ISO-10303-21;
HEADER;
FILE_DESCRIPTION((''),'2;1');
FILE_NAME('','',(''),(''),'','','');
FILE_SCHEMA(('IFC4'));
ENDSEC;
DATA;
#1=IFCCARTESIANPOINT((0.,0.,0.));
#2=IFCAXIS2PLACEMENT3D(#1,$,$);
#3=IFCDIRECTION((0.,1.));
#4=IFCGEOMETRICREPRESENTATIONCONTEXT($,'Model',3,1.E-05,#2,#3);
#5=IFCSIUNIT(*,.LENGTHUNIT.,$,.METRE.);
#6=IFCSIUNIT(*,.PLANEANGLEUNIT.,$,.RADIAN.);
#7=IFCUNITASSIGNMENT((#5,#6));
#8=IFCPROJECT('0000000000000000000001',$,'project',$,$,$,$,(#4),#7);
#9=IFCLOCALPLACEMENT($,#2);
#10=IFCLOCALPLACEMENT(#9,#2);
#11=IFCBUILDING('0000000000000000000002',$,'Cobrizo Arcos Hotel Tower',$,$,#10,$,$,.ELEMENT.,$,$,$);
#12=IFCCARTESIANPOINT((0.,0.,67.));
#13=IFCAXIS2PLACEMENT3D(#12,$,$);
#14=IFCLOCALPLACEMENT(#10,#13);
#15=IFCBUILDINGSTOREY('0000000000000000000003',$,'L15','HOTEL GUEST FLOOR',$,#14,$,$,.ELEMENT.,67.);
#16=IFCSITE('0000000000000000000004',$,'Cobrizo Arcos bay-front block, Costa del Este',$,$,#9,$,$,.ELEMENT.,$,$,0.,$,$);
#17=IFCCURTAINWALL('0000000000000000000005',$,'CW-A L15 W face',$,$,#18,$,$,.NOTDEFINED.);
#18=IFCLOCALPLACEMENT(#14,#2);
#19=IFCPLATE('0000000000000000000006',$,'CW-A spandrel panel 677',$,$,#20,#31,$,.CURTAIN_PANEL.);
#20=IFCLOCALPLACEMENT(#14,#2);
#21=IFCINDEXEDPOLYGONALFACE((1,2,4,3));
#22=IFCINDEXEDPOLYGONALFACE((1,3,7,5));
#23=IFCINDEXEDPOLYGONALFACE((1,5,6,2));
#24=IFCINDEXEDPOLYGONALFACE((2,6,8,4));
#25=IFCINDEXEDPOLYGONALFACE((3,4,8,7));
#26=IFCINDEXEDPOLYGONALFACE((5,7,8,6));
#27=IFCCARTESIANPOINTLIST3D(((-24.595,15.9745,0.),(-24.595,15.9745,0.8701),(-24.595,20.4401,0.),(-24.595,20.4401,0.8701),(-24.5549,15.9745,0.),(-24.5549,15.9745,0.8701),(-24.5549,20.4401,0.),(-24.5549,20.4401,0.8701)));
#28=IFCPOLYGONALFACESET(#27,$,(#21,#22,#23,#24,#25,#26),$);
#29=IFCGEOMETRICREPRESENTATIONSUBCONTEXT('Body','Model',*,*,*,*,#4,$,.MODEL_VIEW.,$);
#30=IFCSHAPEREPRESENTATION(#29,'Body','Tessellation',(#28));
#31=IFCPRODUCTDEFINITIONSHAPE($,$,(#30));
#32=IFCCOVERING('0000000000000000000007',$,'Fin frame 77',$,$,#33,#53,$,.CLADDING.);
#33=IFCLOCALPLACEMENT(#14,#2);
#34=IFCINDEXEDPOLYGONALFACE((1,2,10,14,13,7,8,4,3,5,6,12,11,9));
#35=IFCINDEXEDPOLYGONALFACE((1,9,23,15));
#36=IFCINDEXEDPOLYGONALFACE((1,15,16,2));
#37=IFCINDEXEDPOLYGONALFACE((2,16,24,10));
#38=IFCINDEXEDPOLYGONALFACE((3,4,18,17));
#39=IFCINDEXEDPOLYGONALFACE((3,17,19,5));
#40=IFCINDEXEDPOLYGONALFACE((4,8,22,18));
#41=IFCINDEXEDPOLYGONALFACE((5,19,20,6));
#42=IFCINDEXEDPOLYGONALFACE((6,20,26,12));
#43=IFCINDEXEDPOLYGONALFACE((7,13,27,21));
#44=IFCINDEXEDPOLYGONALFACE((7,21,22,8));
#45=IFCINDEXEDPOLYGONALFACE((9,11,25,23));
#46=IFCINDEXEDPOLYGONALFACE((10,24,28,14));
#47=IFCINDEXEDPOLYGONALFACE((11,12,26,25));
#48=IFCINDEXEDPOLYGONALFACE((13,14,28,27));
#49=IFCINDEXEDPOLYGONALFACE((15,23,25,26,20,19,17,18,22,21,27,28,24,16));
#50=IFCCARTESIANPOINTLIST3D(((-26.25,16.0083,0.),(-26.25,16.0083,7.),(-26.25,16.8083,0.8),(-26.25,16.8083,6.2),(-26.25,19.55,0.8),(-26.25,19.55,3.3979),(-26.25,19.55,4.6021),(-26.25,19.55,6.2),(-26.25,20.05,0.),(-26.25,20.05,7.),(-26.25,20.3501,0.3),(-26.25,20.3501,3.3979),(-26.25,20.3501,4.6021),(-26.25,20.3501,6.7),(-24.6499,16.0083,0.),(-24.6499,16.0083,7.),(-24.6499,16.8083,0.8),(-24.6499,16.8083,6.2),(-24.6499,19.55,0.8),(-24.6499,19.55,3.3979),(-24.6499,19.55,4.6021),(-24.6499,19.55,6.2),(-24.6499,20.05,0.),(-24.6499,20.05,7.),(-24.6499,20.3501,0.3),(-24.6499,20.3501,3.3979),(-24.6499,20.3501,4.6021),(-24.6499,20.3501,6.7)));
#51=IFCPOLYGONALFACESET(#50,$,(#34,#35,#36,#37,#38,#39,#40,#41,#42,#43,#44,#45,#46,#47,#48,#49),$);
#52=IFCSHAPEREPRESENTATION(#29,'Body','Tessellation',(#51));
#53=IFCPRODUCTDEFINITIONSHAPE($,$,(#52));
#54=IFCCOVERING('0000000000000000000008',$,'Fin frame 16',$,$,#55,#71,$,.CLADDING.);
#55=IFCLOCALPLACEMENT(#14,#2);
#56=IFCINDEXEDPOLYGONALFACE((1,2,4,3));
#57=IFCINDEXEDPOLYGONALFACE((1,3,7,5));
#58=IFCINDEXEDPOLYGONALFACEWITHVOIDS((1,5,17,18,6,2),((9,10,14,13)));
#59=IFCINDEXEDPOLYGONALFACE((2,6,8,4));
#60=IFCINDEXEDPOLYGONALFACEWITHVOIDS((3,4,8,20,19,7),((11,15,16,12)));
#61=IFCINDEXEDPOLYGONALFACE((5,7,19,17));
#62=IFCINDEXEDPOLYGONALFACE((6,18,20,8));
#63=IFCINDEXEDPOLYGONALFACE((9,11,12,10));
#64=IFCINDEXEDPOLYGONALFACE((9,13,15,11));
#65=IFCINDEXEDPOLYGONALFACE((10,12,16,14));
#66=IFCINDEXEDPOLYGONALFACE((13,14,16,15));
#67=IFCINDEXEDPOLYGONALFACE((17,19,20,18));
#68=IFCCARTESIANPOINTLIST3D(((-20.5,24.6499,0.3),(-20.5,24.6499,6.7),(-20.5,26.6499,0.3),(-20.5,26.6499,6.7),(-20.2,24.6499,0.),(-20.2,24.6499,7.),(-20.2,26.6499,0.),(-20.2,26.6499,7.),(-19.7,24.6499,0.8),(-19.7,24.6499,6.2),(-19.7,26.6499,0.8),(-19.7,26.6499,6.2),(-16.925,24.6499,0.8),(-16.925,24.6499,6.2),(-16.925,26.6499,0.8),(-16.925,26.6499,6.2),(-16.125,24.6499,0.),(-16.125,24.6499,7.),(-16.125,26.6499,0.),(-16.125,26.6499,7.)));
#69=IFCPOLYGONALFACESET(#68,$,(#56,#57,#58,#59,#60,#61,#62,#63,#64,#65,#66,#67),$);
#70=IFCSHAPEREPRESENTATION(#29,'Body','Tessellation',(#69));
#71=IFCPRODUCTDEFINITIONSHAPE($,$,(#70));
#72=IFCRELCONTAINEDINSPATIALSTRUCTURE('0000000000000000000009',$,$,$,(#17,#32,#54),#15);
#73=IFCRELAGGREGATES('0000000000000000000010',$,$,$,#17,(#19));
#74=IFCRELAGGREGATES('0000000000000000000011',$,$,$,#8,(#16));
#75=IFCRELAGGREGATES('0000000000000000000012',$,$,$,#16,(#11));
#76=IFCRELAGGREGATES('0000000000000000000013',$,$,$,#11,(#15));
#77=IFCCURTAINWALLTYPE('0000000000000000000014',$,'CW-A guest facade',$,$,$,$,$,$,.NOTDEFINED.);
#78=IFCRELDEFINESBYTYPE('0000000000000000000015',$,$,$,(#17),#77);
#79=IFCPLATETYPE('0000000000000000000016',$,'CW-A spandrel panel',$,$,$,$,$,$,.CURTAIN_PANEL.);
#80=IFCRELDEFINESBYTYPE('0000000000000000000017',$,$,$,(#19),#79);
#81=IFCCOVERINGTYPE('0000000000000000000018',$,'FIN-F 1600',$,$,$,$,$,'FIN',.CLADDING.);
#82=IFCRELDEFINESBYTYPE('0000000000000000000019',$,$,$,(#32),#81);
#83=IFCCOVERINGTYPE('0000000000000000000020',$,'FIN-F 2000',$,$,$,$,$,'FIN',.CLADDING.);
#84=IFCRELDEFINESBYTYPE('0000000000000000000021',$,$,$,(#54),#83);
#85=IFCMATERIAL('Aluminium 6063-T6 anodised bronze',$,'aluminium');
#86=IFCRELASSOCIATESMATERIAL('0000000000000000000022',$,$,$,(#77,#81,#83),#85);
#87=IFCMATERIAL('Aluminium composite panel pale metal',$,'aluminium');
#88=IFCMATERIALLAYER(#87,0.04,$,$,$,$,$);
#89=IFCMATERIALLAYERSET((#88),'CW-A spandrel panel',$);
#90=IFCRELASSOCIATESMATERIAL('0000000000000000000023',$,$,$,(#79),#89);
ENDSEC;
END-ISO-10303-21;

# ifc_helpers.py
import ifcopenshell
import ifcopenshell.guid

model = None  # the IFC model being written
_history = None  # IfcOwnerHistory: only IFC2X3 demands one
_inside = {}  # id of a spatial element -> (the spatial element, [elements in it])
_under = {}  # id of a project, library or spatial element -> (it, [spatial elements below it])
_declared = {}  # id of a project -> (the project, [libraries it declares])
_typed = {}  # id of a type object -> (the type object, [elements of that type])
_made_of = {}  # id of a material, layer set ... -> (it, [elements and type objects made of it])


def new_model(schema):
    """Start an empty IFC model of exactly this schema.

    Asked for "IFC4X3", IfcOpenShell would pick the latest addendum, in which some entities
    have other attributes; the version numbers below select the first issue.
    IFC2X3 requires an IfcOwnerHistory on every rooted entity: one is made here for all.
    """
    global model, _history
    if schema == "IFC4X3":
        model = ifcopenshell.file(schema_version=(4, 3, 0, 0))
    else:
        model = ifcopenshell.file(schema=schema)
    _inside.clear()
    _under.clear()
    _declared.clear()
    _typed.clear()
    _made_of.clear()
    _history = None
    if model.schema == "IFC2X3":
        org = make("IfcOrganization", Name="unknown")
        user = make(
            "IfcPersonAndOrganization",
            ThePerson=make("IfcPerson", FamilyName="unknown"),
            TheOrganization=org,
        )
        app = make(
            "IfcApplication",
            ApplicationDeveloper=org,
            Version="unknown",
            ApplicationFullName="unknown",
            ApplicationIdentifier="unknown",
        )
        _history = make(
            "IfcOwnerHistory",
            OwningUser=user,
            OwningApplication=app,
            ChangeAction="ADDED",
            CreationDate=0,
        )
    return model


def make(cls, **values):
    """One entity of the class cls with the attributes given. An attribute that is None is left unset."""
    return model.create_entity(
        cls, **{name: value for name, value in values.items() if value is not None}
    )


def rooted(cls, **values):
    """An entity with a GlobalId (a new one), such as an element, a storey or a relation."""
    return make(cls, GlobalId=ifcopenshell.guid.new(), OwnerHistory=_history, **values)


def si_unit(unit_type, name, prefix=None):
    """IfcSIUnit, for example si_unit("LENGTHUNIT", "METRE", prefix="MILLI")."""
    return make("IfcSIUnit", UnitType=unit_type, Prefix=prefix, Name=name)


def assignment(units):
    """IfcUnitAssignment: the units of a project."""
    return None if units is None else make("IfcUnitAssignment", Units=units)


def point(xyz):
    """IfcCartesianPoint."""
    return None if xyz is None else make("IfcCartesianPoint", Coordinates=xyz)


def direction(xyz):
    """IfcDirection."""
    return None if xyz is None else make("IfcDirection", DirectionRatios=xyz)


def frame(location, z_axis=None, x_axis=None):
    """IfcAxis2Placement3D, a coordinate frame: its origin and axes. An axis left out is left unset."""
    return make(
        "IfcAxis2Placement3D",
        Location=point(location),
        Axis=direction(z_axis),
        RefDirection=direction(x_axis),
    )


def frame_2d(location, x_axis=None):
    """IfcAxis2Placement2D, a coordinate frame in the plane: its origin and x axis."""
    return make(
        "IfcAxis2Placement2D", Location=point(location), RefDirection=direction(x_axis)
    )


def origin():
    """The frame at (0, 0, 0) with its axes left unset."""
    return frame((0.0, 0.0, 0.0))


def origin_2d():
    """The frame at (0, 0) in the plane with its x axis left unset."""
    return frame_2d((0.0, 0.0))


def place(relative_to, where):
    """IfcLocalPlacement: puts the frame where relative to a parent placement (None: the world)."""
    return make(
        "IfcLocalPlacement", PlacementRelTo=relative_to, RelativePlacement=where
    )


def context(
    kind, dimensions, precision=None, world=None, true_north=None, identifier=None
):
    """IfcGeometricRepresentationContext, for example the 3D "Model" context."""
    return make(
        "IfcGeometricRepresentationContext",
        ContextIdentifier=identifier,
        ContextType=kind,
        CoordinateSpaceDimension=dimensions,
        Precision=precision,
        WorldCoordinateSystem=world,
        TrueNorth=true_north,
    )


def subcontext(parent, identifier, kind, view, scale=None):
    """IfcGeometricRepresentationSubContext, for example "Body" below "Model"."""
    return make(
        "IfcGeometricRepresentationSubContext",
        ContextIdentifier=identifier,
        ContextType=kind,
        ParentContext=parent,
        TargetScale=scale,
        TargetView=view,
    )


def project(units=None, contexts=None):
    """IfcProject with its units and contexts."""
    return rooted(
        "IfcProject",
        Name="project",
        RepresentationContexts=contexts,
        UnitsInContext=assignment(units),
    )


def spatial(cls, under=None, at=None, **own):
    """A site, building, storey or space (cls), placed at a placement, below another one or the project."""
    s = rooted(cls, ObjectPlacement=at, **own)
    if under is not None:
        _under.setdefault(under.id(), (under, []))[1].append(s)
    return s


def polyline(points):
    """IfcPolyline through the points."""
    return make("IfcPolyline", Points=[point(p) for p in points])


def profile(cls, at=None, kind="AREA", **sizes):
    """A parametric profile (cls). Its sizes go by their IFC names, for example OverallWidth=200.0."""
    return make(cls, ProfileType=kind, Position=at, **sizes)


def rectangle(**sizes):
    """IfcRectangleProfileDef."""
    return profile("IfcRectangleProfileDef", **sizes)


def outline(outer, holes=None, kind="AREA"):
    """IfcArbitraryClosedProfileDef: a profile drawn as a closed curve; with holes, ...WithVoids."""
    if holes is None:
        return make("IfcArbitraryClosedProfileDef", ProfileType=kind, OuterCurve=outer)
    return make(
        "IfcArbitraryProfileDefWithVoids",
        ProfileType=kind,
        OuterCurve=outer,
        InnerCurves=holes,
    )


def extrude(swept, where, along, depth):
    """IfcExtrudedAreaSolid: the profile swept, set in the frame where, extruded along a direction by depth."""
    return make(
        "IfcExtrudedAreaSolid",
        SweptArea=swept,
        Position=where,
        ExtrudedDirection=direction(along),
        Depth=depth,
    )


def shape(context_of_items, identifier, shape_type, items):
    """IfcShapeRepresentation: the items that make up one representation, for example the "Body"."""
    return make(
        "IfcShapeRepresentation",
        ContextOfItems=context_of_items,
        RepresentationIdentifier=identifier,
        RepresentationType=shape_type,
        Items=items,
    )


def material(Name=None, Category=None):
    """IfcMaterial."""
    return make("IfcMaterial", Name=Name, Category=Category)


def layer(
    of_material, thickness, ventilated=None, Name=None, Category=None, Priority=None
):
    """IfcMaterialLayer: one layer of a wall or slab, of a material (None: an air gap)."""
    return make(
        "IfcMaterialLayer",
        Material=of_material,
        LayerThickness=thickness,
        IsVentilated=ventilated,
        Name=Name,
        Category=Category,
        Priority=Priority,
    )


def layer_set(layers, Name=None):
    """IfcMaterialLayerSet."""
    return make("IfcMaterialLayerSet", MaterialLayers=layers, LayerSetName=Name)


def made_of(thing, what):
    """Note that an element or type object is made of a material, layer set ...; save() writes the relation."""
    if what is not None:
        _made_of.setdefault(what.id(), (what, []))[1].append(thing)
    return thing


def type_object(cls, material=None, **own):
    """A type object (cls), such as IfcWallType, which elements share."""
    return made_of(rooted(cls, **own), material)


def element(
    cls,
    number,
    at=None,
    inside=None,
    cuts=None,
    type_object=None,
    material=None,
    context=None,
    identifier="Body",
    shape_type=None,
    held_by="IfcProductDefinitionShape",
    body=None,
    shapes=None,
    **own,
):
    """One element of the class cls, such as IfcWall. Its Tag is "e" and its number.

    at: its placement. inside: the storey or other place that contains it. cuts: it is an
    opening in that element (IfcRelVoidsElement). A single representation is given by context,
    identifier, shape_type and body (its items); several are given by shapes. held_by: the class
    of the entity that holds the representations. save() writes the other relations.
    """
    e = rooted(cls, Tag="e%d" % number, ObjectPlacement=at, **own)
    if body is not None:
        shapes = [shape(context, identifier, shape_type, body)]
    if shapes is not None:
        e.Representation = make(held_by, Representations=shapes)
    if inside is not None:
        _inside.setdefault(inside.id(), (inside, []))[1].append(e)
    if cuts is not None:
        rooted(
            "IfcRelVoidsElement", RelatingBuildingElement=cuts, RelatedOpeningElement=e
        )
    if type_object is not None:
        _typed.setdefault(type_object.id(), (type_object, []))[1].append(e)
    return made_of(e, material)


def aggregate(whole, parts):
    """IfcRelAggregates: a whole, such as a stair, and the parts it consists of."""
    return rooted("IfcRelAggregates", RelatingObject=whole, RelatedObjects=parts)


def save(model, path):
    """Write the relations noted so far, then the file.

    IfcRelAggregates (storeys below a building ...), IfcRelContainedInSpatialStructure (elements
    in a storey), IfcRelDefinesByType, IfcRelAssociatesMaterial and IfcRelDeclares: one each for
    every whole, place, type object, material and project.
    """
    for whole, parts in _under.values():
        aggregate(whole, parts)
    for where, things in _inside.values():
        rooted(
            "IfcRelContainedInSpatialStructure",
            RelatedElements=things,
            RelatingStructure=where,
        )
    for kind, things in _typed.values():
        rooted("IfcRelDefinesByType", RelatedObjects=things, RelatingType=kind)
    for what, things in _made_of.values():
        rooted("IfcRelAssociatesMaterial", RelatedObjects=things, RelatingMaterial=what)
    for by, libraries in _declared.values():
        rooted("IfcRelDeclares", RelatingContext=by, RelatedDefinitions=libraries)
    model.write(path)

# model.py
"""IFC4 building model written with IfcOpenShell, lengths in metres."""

from ifc_helpers import new_model, si_unit, direction, frame, origin, origin_2d, place, context, subcontext, project, spatial, polyline, rectangle, outline, extrude, material, layer, layer_set, type_object, element, aggregate, save


model = new_model("IFC4")

# Units and contexts
model_context = context("Model", 3, precision=1e-05, world=origin(), true_north=direction((0.0, 1.0)))
body_context = subcontext(model_context, "Body", "Model", "MODEL_VIEW")
ifc_project = project(units=[si_unit("LENGTHUNIT", "METRE"), si_unit("PLANEANGLEUNIT", "RADIAN")], contexts=[model_context])

# Site, building, storey
site_placement = place(None, origin())
site = spatial("IfcSite", under=ifc_project, at=site_placement, Name="Cobrizo Arcos bay-front block, Costa del Este", CompositionType="ELEMENT", RefElevation=0.0)
building_placement = place(site_placement, origin())
building = spatial("IfcBuilding", under=site, at=building_placement, Name="Cobrizo Arcos Hotel Tower", CompositionType="ELEMENT")
storey_placement = place(building_placement, frame((0.0, 0.0, 67.0)))
storey = spatial("IfcBuildingStorey", under=building, at=storey_placement, Name="L15", Description="HOTEL GUEST FLOOR", CompositionType="ELEMENT", Elevation=67.0)

# Shared definitions
ifc_material_1 = material(Name="Aluminium 6063-T6 anodised bronze", Category="aluminium")
curtain_wall_type = type_object("IfcCurtainWallType", Name="CW-A guest facade", PredefinedType="NOTDEFINED", material=ifc_material_1)

# Curtain wall
curtain_wall_1_placement = place(storey_placement, origin())
curtain_wall_1 = element("IfcCurtainWall", 1, at=curtain_wall_1_placement, inside=storey, type_object=curtain_wall_type, Name="CW-A L15 W face", PredefinedType="NOTDEFINED")

# Plate
ifc_material_2 = material(Name="Aluminium composite panel pale metal", Category="aluminium")
ifc_layer_1 = layer(ifc_material_2, 0.04)
ifc_layer_set_1 = layer_set([ifc_layer_1], Name="CW-A spandrel panel")
plate_type_1 = type_object("IfcPlateType", Name="CW-A spandrel panel", PredefinedType="CURTAIN_PANEL", material=ifc_layer_set_1)
plate_1_placement = place(storey_placement, frame((-24.575, 18.2073, 0.0), z_axis=(0.0, 0.0, 1.0), x_axis=(0.0, -1.0, 0.0)))
plate_1 = element("IfcPlate", 2, at=plate_1_placement, type_object=plate_type_1, Name="CW-A spandrel panel 677", PredefinedType="CURTAIN_PANEL", context=body_context, shape_type="SweptSolid", body=[
    extrude(rectangle(XDim=4.4656, YDim=0.04, at=origin_2d()), origin(), (0.0, 0.0, 1.0), 0.8701),
])
aggregate(curtain_wall_1, [plate_1])

# Coverings
covering_type_1 = type_object("IfcCoveringType", Name="FIN-F 1600", ElementType="FIN", PredefinedType="CLADDING", material=ifc_material_1)
covering_1_placement = place(storey_placement, frame((-24.6499, 20.3501, 0.0), z_axis=(-1.0, 0.0, 0.0), x_axis=(0.0, -1.0, 0.0)))
element("IfcCovering", 3, at=covering_1_placement, inside=storey, type_object=covering_type_1, Name="Fin frame 77", PredefinedType="CLADDING", context=body_context, shape_type="SweptSolid", body=[
    extrude(outline(polyline([(0.0, 6.7), (0.0, 4.6021), (0.8, 4.6021), (0.8, 6.2), (3.5417, 6.2), (3.5417, 0.8), (0.8, 0.8), (0.8, 3.3979), (0.0, 3.3979), (0.0, 0.3), (0.3, 0.0), (4.3418, 0.0), (4.3418, 7.0), (0.3, 7.0), (0.0, 6.7)])), origin(), (0.0, 0.0, 1.0), 1.6001),
])
covering_type_2 = type_object("IfcCoveringType", Name="FIN-F 2000", ElementType="FIN", PredefinedType="CLADDING", material=ifc_material_1)
covering_2_placement = place(storey_placement, frame((-16.125, 24.6499, 0.0), z_axis=(0.0, 1.0, 0.0), x_axis=(-1.0, 0.0, 0.0)))
element("IfcCovering", 4, at=covering_2_placement, inside=storey, type_object=covering_type_2, Name="Fin frame 16", PredefinedType="CLADDING", context=body_context, shape_type="SweptSolid", body=[
    extrude(outline(polyline([(0.0, 7.0), (0.0, 0.0), (4.075, 0.0), (4.375, 0.3), (4.375, 6.7), (4.075, 7.0), (0.0, 7.0)]), holes=[polyline([(3.575, 0.8), (0.8, 0.8), (0.8, 6.2), (3.575, 6.2), (3.575, 0.8)])]), origin(), (0.0, 0.0, 1.0), 2.0),
])

save(model, "model.ifc")
